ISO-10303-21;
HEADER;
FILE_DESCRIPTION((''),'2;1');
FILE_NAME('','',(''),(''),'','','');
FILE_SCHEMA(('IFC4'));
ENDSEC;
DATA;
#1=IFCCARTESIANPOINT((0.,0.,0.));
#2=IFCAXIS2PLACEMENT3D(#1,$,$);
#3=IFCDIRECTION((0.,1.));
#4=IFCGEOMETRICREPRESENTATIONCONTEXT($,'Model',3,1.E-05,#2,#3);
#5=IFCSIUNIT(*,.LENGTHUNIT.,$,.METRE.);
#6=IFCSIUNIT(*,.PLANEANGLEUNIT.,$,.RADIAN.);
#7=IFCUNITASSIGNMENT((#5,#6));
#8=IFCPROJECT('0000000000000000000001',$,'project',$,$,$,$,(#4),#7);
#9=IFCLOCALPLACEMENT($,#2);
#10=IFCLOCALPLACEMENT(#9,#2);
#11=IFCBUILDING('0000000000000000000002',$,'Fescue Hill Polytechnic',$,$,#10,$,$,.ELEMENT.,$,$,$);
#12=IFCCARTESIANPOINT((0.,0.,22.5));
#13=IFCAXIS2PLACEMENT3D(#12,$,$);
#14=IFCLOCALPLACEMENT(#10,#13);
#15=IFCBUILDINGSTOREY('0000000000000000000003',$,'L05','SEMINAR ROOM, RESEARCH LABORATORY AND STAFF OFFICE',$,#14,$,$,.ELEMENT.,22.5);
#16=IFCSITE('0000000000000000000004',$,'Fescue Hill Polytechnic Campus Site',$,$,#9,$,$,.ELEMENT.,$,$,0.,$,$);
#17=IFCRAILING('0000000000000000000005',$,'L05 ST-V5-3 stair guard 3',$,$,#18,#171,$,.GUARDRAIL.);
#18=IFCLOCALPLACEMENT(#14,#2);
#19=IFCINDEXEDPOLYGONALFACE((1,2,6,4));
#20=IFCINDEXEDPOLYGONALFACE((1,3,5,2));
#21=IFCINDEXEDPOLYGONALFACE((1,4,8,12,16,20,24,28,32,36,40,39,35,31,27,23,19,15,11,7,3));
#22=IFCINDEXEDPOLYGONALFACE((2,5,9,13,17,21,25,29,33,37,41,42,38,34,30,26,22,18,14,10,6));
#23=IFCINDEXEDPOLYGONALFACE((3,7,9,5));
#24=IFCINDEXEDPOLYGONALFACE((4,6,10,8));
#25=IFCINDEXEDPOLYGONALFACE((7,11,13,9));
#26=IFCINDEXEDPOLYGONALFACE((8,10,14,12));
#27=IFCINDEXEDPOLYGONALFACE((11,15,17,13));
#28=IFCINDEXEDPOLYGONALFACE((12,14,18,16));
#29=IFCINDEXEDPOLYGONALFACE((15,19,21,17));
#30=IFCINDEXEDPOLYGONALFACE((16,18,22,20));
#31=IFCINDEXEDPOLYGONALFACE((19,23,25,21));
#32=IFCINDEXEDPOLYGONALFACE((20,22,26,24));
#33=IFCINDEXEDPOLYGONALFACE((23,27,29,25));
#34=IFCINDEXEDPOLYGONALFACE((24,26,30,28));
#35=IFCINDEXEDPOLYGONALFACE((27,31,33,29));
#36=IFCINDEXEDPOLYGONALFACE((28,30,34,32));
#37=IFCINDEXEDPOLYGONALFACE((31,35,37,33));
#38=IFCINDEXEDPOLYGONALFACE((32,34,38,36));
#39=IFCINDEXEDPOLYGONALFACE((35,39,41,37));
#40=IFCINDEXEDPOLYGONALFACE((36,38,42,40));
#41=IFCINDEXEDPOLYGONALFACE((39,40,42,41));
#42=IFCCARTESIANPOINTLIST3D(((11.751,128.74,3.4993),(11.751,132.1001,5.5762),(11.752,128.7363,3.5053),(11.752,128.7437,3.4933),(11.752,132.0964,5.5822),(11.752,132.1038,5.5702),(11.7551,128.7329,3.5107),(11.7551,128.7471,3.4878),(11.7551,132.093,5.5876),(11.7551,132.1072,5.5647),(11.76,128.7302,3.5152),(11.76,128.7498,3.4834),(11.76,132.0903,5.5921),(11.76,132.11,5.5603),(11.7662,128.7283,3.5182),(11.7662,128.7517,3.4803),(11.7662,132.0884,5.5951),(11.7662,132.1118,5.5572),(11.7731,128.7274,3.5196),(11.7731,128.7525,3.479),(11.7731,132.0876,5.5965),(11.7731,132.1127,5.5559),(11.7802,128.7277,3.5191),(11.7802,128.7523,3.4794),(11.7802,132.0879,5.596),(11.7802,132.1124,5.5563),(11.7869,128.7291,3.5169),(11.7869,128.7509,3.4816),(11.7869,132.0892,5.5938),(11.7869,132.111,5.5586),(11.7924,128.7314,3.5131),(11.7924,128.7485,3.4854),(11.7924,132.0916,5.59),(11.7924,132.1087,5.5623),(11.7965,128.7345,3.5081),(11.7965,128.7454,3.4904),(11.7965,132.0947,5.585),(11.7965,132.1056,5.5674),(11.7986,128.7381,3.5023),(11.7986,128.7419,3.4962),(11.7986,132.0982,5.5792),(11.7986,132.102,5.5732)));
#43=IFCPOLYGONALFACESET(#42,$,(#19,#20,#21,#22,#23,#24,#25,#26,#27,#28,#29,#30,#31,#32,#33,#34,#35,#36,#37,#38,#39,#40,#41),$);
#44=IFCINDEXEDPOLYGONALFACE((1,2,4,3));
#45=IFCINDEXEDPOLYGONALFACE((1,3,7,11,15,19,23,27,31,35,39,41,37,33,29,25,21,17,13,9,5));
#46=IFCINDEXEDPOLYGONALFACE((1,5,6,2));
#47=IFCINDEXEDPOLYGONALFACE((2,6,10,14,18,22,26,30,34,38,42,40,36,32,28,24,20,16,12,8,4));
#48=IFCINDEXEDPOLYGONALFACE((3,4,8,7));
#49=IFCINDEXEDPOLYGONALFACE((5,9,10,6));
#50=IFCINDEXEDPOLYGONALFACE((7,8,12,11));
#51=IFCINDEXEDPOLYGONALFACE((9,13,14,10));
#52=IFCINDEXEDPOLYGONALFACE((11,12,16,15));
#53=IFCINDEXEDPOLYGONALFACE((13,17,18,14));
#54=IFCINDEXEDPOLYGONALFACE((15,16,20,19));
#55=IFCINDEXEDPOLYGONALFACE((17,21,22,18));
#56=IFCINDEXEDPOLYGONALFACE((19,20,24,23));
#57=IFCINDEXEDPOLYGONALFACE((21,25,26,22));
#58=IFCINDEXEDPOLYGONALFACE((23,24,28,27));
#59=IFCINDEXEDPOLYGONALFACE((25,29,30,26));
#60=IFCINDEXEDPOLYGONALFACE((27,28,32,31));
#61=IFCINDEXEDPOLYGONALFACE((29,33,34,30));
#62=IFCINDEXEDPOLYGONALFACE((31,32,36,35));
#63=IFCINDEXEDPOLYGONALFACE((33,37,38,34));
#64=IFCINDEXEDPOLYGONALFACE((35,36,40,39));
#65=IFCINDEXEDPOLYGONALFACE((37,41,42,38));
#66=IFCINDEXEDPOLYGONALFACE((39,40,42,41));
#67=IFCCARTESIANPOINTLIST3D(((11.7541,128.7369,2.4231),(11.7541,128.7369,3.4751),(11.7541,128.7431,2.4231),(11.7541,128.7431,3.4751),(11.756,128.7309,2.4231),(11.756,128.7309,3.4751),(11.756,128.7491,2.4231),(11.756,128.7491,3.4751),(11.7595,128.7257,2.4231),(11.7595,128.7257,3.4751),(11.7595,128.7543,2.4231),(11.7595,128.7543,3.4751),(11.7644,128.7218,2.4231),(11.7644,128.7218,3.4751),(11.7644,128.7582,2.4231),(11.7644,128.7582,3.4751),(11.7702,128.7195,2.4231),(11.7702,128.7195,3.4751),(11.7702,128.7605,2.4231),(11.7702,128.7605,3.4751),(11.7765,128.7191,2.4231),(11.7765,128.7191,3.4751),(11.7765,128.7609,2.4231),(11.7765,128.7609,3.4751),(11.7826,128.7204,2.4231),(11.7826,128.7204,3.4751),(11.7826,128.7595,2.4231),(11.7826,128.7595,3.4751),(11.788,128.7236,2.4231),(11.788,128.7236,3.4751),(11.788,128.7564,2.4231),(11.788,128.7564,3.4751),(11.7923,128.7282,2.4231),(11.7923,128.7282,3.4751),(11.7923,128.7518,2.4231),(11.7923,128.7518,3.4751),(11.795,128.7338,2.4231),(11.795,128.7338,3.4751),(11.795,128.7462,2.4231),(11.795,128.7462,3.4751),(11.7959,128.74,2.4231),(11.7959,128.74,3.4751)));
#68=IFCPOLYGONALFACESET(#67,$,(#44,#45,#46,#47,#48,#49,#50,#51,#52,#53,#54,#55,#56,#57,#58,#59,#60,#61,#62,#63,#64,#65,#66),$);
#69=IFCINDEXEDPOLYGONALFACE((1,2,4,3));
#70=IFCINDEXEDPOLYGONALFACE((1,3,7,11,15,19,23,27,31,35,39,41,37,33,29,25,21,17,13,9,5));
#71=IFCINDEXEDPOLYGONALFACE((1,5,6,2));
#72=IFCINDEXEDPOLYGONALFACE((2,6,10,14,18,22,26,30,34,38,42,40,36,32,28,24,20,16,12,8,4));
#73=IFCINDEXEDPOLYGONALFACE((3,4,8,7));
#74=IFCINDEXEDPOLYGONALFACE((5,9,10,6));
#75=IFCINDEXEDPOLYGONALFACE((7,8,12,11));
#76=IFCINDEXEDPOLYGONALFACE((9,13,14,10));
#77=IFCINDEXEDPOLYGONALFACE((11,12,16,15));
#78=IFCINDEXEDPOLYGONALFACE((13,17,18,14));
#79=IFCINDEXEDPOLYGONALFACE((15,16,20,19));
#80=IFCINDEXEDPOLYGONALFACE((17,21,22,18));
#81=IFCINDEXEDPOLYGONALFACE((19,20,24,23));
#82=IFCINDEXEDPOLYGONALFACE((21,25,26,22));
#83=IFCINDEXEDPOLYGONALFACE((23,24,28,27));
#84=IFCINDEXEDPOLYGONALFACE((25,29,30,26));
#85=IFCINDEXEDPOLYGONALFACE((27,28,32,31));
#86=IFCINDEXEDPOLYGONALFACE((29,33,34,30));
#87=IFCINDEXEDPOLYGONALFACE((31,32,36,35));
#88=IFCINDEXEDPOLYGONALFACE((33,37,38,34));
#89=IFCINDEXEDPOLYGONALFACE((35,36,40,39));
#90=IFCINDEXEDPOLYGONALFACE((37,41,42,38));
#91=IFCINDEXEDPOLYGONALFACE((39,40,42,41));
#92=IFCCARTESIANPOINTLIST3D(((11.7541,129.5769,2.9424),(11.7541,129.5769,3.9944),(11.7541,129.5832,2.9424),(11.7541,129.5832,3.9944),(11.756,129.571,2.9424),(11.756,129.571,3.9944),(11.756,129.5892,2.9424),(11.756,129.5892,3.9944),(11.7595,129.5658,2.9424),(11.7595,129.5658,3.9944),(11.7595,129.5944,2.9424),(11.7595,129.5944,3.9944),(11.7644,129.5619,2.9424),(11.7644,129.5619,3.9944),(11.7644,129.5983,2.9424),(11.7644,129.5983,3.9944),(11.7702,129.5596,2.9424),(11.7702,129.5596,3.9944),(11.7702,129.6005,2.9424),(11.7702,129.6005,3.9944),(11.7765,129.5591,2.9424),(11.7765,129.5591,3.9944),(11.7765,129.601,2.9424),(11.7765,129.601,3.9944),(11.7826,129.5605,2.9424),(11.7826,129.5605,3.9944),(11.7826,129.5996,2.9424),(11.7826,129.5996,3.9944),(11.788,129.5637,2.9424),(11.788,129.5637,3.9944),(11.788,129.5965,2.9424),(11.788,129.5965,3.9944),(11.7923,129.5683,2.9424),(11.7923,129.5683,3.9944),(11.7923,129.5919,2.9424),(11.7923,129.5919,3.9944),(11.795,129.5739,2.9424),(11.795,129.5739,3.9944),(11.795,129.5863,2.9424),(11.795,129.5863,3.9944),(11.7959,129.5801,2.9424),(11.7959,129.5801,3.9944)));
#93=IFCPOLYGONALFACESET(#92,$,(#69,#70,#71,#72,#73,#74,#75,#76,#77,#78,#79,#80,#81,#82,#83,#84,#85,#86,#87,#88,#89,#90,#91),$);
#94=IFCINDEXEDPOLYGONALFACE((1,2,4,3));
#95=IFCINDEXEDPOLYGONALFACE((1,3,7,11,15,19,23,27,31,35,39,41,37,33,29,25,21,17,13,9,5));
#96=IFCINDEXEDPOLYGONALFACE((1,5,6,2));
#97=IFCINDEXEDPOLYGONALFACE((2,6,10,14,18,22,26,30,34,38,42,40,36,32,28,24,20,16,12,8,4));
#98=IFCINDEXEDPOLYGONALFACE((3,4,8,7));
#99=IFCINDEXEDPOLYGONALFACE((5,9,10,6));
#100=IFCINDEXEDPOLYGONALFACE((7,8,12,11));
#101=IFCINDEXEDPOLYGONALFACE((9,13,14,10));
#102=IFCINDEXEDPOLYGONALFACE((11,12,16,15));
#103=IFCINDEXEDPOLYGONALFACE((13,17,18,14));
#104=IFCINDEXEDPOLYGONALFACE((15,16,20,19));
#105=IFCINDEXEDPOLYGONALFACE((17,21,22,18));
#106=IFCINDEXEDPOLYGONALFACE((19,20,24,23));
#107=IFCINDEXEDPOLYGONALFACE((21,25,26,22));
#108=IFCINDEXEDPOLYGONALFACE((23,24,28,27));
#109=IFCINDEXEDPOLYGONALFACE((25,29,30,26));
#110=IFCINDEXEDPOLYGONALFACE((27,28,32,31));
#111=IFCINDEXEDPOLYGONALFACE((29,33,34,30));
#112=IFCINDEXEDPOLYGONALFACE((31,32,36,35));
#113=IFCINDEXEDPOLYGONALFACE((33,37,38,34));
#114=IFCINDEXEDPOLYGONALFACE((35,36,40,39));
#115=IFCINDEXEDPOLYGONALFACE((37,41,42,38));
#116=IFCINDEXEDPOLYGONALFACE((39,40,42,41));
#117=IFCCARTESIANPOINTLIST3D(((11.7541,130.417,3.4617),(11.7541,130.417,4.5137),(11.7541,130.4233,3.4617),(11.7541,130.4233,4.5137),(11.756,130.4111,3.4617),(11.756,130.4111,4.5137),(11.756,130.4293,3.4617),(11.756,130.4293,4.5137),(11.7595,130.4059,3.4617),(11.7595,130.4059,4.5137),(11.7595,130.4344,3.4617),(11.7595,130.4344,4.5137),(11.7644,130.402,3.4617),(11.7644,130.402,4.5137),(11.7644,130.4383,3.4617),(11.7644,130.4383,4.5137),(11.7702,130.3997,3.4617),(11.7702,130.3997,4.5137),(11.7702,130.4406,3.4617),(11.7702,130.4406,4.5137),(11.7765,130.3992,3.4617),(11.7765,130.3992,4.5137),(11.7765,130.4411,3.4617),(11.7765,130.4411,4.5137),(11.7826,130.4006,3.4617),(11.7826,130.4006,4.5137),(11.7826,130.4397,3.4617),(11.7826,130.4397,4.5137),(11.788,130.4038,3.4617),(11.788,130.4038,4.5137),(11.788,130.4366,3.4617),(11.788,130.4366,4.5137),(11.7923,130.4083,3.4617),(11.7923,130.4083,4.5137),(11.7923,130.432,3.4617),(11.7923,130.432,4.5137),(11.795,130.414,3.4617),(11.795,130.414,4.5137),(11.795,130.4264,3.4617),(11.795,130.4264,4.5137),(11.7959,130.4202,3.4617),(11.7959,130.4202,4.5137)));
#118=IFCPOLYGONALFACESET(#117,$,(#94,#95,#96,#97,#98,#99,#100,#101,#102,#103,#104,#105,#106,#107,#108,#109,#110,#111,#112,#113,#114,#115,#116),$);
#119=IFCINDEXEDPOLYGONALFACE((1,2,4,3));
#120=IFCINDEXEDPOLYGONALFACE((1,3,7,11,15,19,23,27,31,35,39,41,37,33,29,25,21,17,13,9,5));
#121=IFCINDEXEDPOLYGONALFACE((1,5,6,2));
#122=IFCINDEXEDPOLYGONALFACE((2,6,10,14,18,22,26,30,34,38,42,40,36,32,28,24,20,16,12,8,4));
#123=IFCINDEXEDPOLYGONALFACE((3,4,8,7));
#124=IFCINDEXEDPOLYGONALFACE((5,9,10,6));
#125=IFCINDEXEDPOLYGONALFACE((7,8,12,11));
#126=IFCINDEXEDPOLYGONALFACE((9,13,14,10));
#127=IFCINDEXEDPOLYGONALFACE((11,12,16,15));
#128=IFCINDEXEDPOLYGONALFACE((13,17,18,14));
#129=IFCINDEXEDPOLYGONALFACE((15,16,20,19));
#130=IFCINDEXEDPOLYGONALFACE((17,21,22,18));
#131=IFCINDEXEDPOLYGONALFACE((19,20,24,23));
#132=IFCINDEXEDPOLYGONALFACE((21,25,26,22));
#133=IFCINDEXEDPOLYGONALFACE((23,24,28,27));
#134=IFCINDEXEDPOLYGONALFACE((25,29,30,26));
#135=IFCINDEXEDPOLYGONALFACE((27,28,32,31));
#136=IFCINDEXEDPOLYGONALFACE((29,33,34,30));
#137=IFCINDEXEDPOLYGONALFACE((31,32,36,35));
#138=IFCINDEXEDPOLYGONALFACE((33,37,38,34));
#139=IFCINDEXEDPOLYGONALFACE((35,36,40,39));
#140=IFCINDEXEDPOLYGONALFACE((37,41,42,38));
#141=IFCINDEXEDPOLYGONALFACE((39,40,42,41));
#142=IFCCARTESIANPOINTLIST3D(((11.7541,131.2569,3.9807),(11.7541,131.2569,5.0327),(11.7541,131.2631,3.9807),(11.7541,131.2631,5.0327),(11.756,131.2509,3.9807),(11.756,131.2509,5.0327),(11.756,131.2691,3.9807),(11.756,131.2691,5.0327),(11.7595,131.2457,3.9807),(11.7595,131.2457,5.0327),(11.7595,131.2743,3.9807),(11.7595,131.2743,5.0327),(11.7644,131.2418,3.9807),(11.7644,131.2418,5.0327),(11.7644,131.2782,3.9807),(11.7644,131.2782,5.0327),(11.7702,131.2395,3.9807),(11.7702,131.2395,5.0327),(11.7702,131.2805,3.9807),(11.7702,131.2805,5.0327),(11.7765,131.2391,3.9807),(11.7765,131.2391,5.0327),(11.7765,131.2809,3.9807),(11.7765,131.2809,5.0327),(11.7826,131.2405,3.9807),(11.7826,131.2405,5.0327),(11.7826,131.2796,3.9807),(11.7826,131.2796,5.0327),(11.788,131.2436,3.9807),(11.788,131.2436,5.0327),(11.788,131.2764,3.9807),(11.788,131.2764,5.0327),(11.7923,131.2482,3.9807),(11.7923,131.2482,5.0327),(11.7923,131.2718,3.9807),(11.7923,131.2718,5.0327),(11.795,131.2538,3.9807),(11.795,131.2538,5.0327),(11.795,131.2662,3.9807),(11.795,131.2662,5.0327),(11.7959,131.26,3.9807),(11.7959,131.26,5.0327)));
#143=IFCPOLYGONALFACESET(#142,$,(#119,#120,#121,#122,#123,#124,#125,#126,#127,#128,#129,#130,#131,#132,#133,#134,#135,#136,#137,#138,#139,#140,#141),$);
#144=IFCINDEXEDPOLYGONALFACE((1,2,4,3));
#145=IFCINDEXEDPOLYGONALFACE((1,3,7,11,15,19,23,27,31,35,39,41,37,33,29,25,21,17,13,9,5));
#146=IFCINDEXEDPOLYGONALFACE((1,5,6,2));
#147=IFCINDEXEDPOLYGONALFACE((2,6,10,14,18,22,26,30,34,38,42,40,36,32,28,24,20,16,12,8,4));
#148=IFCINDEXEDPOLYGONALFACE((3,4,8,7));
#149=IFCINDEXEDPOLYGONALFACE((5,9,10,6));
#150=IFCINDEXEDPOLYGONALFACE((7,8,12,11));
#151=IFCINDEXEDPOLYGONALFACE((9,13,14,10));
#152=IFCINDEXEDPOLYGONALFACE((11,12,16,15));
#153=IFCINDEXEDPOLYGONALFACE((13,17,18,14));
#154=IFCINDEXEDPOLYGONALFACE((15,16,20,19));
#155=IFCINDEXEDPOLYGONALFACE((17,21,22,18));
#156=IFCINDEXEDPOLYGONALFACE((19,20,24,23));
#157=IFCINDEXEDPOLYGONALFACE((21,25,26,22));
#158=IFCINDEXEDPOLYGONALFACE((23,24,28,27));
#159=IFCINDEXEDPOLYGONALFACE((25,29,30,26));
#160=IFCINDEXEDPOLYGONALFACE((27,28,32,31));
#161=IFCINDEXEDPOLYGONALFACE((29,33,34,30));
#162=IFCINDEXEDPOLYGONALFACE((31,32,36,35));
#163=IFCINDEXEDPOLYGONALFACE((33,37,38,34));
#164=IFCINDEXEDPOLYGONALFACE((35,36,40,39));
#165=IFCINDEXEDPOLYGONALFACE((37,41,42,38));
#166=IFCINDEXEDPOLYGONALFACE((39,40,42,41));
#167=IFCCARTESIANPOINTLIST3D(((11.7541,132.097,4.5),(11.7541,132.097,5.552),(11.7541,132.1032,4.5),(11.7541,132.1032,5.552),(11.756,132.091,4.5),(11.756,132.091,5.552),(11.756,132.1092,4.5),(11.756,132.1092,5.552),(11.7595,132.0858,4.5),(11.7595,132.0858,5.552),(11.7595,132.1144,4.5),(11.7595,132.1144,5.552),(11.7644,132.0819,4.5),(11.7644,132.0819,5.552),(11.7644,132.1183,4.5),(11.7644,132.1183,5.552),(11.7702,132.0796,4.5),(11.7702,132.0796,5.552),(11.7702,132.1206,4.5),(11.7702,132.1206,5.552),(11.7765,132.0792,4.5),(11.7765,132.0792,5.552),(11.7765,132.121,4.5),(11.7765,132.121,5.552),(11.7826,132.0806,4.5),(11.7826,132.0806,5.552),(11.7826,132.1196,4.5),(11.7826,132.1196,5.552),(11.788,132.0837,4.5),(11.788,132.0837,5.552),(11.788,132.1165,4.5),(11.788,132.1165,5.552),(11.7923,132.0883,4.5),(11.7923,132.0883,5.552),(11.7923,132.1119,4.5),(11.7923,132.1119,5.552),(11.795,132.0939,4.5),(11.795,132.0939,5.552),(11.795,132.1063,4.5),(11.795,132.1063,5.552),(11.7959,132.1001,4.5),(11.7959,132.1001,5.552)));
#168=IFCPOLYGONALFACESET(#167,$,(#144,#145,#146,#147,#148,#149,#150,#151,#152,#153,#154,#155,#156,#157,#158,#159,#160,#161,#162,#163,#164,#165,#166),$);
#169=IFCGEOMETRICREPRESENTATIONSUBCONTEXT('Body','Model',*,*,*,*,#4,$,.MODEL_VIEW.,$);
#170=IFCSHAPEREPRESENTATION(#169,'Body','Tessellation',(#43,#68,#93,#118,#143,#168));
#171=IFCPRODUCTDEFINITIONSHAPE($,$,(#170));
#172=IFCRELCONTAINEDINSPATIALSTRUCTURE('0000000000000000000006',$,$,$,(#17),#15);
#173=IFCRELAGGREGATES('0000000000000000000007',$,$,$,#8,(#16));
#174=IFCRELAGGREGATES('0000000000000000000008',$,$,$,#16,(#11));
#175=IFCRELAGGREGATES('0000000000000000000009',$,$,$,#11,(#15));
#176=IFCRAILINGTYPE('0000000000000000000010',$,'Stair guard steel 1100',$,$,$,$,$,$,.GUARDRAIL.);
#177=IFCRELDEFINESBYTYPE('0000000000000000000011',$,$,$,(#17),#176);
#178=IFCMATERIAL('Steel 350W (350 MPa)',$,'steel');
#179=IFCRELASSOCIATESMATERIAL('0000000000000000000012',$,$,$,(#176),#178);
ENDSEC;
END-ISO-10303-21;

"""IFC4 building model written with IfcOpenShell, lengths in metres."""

from ifc_helpers import new_model, si_unit, direction, frame, origin, origin_2d, place, context, subcontext, project, spatial, circle, extrude, material, type_object, element, save


model = new_model("IFC4")

# Units and contexts
model_context = context("Model", 3, precision=1e-05, world=origin(), true_north=direction((0.0, 1.0)))
body_context = subcontext(model_context, "Body", "Model", "MODEL_VIEW")
ifc_project = project(units=[si_unit("LENGTHUNIT", "METRE"), si_unit("PLANEANGLEUNIT", "RADIAN")], contexts=[model_context])

# Site, building, storey
site_placement = place(None, origin())
site = spatial("IfcSite", under=ifc_project, at=site_placement, Name="Fescue Hill Polytechnic Campus Site", CompositionType="ELEMENT", RefElevation=0.0)
building_placement = place(site_placement, origin())
building = spatial("IfcBuilding", under=site, at=building_placement, Name="Fescue Hill Polytechnic", CompositionType="ELEMENT")
storey_placement = place(building_placement, frame((0.0, 0.0, 22.5)))
storey = spatial("IfcBuildingStorey", under=building, at=storey_placement, Name="L05", Description="SEMINAR ROOM, RESEARCH LABORATORY AND STAFF OFFICE", CompositionType="ELEMENT", Elevation=22.5)

# Railing
ifc_material_1 = material(Name="Steel 350W (350 MPa)", Category="steel")
railing_type_1 = type_object("IfcRailingType", Name="Stair guard steel 1100", PredefinedType="GUARDRAIL", material=ifc_material_1)
railing_1_placement = place(storey_placement, frame((11.7749, 128.74, 2.4231)))
element("IfcRailing", 1, at=railing_1_placement, inside=storey, type_object=railing_type_1, Name="L05 ST-V5-3 stair guard 3", PredefinedType="GUARDRAIL", context=body_context, shape_type="SweptSolid", body=[
    extrude(circle(Radius=0.0239, at=origin_2d()), frame((0.0, 0.0, 1.0762), z_axis=(0.0, 0.850623, 0.525776), x_axis=(-1.0, 0.0, 0.0)), (0.0, 0.0, 1.0), 3.9502),
    extrude(circle(Radius=0.021, at=origin_2d()), origin(), (0.0, 0.0, 1.0), 1.052),
    extrude(circle(Radius=0.021, at=origin_2d()), frame((0.0, 0.8401, 0.5193)), (0.0, 0.0, 1.0), 1.052),
    extrude(circle(Radius=0.021, at=origin_2d()), frame((0.0, 1.6802, 1.0386)), (0.0, 0.0, 1.0), 1.052),
    extrude(circle(Radius=0.021, at=origin_2d()), frame((0.0, 2.52, 1.5576)), (0.0, 0.0, 1.0), 1.052),
    extrude(circle(Radius=0.021, at=origin_2d()), frame((0.0, 3.3601, 2.0769)), (0.0, 0.0, 1.0), 1.052),
])

save(model, "model.ifc")
